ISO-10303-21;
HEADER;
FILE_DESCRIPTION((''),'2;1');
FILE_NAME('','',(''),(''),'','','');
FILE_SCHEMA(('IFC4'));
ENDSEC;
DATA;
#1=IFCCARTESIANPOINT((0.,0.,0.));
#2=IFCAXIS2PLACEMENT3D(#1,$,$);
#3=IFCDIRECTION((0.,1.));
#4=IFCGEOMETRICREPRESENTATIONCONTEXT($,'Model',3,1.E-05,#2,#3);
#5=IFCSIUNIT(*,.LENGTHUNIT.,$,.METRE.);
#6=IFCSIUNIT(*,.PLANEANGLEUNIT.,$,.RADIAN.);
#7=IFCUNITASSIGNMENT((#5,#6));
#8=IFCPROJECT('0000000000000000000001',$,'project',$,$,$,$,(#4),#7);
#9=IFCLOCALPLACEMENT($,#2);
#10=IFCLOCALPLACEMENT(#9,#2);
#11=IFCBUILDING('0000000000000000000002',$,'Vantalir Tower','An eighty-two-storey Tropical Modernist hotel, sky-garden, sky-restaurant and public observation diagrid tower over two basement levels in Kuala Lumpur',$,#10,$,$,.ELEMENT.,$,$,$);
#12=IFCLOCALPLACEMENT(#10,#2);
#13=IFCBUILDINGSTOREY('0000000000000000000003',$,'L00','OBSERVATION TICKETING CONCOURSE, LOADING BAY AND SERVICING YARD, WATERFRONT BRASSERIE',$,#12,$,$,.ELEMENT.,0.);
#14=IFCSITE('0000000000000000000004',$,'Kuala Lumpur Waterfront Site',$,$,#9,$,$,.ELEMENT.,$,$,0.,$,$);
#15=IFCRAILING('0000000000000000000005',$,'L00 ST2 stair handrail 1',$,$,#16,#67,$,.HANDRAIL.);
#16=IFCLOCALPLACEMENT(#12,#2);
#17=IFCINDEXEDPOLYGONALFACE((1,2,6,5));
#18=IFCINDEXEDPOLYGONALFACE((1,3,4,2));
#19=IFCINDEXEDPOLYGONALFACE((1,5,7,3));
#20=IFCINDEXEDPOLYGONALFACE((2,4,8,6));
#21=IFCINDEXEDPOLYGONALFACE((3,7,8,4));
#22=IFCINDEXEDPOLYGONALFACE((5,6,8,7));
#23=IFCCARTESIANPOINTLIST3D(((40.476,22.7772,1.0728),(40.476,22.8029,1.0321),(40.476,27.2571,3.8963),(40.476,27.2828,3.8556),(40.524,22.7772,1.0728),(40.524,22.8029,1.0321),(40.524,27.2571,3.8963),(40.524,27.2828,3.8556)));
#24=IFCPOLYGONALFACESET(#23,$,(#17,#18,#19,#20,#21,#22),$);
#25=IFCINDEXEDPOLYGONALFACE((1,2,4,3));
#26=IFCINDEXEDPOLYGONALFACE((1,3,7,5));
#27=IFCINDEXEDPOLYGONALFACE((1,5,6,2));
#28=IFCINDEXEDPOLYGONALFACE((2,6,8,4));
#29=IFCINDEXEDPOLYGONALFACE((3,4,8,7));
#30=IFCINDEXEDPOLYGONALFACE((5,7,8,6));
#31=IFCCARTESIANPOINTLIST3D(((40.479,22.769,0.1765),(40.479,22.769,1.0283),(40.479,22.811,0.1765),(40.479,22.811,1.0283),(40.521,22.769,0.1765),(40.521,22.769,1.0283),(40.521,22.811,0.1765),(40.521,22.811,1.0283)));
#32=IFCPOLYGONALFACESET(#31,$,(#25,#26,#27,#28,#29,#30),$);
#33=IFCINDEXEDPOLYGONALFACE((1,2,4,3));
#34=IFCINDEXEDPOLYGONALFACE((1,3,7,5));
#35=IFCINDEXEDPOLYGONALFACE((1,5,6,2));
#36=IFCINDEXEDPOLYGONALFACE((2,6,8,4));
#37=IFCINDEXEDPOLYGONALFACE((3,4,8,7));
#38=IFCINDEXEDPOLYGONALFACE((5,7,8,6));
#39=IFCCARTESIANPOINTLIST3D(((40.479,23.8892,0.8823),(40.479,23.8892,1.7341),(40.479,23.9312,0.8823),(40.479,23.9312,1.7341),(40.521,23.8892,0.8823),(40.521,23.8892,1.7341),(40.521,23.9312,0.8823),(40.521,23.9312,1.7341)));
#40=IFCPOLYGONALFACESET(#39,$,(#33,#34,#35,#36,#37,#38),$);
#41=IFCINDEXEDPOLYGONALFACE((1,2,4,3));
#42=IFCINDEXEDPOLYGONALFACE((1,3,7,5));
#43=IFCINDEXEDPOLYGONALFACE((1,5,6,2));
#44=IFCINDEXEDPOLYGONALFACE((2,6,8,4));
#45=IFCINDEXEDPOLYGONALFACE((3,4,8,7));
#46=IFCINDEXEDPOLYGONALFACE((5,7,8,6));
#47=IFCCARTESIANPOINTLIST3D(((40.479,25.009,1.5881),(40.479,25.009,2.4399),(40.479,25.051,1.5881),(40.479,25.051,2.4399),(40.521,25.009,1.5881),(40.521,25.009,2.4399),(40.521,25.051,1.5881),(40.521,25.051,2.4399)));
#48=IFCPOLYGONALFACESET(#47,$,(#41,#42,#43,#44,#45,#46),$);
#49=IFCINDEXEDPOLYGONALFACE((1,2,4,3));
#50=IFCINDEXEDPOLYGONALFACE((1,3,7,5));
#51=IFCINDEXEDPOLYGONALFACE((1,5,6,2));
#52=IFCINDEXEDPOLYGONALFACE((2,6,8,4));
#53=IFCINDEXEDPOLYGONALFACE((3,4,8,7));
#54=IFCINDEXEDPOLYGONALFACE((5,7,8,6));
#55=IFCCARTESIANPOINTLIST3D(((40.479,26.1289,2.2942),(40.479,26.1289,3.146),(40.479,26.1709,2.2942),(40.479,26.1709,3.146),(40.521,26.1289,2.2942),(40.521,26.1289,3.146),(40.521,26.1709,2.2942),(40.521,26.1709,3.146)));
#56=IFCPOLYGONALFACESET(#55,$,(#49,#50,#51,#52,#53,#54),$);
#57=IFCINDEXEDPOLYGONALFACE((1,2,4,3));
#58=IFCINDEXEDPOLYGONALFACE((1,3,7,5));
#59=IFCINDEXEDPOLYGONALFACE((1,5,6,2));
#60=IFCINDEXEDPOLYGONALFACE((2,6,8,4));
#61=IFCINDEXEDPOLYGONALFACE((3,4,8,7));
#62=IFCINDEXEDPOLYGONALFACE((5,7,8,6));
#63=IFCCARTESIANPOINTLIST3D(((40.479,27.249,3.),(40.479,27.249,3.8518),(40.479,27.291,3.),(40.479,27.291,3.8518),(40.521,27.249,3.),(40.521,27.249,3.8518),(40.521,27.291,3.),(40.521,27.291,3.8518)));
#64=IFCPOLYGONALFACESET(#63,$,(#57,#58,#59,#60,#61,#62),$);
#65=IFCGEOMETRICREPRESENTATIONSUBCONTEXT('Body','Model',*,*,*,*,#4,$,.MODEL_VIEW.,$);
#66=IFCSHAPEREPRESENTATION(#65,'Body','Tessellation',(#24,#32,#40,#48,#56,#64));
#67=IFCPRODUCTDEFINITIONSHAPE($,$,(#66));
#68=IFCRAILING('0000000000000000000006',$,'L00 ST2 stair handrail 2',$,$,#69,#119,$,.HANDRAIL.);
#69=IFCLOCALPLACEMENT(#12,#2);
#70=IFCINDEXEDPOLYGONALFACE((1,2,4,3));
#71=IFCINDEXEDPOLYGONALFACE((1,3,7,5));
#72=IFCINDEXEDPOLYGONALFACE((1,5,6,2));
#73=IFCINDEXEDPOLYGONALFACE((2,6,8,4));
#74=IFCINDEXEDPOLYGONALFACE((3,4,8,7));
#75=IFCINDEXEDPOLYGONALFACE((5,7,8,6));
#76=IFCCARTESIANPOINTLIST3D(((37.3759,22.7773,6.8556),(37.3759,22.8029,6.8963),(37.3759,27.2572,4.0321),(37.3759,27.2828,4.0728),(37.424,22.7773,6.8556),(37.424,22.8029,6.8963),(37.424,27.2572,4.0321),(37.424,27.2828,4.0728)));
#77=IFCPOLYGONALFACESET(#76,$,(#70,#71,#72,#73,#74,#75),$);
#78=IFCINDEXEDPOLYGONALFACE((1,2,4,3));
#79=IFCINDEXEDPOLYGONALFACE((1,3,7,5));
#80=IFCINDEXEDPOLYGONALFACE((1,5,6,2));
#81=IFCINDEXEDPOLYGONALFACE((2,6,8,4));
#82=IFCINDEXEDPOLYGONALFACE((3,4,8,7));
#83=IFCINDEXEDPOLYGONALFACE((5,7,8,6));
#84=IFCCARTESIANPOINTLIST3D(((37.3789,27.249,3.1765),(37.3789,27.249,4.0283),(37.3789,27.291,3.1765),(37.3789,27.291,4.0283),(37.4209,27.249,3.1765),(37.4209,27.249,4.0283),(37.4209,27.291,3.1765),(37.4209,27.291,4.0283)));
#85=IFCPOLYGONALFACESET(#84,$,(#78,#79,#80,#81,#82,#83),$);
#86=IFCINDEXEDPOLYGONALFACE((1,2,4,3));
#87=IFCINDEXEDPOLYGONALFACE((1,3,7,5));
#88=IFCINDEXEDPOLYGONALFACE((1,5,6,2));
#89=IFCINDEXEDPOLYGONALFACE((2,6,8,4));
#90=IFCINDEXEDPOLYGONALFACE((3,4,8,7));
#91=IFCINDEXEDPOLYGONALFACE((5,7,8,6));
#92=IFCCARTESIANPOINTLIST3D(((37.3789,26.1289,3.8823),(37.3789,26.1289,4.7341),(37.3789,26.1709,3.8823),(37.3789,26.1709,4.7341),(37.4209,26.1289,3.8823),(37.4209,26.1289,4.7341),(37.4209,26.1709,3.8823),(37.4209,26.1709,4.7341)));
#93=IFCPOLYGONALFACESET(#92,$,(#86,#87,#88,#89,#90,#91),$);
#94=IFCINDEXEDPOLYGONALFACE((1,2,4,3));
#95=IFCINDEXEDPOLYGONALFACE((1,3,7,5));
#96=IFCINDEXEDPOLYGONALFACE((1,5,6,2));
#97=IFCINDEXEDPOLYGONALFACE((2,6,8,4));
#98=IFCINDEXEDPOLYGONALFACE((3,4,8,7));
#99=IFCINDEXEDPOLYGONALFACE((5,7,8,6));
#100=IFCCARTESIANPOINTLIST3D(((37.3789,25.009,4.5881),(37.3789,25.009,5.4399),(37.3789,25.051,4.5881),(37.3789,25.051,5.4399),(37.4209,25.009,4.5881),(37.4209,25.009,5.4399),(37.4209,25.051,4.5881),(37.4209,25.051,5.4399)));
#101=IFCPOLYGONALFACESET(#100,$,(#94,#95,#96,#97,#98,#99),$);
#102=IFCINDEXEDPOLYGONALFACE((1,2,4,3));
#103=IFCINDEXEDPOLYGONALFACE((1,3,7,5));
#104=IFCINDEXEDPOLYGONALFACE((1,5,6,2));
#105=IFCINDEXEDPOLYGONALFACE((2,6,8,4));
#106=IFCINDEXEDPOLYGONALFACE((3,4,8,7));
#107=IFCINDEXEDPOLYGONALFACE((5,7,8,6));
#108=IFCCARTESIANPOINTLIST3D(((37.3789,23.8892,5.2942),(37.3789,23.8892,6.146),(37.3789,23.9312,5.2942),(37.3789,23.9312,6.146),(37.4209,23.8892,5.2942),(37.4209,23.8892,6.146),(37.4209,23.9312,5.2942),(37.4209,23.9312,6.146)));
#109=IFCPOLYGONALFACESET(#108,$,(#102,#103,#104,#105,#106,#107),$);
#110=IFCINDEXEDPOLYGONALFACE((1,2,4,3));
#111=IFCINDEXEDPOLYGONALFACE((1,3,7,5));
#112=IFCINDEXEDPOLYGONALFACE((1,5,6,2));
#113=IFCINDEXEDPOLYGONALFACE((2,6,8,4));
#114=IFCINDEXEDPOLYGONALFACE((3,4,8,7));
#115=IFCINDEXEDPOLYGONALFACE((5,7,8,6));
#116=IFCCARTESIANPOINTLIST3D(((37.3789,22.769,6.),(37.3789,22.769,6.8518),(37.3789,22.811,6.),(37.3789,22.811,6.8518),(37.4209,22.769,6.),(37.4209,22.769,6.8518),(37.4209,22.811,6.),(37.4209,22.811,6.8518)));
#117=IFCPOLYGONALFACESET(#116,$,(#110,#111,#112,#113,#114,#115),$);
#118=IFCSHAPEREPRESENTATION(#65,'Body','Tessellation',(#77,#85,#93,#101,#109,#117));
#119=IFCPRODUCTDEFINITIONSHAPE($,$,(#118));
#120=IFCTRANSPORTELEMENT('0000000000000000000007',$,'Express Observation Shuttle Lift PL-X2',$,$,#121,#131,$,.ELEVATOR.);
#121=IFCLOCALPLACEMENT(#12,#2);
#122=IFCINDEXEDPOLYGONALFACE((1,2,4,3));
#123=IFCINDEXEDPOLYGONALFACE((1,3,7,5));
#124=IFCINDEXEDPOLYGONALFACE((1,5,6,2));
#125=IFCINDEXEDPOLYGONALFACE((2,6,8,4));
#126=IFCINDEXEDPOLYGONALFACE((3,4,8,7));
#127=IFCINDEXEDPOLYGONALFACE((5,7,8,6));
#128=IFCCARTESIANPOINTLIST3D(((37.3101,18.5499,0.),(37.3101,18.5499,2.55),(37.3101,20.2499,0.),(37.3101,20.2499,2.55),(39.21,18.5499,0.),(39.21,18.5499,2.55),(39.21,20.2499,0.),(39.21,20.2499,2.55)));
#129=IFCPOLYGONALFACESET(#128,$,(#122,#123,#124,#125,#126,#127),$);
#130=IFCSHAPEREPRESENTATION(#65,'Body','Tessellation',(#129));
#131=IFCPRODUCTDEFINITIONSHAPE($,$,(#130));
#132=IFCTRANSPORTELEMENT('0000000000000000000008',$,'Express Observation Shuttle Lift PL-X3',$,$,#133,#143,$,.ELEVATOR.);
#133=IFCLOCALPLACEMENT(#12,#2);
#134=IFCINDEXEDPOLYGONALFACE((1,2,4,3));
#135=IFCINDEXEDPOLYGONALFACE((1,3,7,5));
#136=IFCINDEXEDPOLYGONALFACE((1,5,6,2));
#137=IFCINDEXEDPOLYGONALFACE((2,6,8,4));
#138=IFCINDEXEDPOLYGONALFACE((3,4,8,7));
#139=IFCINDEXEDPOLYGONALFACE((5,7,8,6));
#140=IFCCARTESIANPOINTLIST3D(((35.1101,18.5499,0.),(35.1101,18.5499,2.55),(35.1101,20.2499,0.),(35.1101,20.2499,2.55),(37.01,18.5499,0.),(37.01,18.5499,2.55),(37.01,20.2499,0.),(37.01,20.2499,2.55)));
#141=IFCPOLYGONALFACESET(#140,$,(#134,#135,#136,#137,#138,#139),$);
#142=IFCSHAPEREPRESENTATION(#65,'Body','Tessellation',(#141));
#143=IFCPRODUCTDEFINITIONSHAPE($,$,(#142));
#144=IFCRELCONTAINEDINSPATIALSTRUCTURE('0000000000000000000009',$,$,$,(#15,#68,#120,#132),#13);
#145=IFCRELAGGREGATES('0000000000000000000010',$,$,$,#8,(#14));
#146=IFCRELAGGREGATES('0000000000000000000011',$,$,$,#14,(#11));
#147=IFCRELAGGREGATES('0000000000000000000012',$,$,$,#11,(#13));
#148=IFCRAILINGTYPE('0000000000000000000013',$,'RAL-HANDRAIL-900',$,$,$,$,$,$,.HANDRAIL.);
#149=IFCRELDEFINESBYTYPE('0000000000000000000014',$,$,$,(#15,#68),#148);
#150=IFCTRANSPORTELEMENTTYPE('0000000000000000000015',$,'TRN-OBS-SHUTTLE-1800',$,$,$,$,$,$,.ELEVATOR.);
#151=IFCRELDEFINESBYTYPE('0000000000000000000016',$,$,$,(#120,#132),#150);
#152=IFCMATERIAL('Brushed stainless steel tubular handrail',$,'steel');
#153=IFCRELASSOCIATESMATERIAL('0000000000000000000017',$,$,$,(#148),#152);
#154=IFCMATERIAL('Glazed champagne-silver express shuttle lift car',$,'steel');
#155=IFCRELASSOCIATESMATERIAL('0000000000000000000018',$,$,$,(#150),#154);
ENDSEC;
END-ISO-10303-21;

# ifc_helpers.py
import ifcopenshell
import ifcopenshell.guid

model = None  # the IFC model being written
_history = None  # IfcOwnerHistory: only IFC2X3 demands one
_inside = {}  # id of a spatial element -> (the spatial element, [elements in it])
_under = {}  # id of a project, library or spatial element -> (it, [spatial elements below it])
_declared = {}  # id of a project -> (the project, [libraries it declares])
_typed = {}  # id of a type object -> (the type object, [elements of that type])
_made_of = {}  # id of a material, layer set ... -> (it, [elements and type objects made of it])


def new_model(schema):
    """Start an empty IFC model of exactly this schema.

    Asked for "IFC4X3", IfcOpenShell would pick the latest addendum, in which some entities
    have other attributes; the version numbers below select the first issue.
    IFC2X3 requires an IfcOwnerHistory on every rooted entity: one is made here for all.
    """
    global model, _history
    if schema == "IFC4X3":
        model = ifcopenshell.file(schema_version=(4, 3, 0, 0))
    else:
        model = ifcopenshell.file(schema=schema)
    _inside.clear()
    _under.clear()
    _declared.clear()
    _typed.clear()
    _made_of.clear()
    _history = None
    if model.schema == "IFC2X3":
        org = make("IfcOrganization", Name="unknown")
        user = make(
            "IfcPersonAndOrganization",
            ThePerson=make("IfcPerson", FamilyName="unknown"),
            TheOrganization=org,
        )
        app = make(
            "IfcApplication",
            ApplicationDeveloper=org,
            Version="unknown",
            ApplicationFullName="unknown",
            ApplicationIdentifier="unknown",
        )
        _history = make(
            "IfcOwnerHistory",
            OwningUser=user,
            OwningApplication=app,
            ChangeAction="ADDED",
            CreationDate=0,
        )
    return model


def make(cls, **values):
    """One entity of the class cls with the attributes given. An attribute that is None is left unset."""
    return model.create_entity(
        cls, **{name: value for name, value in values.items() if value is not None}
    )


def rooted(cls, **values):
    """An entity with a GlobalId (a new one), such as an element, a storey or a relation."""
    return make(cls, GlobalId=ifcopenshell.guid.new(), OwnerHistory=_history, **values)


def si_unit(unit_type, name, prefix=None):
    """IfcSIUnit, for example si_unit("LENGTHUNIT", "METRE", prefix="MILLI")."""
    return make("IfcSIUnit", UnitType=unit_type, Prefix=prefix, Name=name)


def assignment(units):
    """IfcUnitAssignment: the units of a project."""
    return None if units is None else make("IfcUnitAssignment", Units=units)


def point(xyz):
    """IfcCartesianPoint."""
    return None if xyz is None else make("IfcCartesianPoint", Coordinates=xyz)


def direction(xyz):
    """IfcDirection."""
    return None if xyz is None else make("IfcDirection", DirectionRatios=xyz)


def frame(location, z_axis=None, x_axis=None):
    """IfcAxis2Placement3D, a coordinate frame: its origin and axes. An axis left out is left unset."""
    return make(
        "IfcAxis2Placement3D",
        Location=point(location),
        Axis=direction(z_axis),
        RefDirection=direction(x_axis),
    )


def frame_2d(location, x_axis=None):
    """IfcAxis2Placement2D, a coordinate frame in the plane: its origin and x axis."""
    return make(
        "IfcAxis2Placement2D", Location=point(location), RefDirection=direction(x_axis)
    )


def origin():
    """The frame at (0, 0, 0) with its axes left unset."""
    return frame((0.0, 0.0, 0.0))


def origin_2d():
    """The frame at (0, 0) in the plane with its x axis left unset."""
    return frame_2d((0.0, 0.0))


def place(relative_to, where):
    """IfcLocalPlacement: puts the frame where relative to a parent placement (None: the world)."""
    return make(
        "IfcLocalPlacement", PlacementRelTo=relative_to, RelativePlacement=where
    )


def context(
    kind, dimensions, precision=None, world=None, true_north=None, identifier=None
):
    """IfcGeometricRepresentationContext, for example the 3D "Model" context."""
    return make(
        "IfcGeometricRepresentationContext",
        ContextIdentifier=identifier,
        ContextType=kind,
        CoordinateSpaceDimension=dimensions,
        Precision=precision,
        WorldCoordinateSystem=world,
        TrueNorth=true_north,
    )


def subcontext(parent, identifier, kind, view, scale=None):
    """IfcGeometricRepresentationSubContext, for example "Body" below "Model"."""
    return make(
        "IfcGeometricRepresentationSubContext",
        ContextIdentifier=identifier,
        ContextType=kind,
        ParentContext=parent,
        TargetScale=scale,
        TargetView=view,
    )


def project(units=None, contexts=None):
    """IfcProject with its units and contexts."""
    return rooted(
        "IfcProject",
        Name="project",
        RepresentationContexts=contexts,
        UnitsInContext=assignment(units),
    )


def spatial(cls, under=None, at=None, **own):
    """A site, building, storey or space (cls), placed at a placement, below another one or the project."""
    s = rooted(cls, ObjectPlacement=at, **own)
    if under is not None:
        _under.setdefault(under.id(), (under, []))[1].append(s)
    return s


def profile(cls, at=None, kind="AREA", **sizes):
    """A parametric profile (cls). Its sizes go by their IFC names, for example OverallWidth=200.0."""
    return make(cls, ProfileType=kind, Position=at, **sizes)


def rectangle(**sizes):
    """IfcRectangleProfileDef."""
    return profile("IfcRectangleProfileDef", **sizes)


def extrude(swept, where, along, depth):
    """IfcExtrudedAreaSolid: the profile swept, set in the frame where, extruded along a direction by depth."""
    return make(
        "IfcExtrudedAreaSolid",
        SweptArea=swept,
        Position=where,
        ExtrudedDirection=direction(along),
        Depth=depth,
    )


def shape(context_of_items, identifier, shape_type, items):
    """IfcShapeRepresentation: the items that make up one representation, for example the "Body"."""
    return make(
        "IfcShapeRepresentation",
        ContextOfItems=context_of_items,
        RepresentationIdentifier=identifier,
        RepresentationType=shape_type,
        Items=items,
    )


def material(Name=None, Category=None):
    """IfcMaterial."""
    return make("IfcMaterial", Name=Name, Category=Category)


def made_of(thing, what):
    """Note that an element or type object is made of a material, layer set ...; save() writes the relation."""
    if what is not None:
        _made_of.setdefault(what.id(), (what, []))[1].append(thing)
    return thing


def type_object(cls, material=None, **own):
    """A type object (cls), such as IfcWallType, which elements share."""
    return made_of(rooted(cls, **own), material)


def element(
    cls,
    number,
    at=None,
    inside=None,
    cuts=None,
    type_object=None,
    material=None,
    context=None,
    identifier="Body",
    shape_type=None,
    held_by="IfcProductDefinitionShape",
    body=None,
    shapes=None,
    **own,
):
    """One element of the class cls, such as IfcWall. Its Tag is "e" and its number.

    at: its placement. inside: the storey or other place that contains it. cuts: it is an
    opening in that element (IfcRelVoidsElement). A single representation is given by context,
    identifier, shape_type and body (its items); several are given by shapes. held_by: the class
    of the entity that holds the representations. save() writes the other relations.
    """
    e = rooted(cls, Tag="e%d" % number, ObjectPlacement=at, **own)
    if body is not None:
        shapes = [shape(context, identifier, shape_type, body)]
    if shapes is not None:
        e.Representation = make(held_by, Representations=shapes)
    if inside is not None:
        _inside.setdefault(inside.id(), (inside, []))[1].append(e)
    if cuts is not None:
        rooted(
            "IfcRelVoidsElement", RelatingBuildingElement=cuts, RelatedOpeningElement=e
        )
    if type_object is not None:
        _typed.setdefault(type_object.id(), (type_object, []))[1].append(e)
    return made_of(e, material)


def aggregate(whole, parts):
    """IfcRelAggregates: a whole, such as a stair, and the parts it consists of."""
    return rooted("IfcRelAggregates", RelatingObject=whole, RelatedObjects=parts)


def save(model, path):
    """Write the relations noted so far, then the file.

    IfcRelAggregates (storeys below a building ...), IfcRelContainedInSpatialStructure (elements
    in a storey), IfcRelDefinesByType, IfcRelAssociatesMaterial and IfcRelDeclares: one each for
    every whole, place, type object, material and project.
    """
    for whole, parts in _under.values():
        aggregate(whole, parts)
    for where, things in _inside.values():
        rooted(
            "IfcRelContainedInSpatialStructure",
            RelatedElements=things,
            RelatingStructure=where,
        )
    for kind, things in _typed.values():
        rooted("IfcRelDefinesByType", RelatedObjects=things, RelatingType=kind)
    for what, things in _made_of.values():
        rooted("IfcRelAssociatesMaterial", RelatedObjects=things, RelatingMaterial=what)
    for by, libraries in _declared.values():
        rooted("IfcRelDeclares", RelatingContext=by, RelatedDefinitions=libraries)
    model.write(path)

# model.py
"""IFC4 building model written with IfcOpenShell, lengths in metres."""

from ifc_helpers import new_model, si_unit, direction, frame, origin, origin_2d, place, context, subcontext, project, spatial, rectangle, extrude, material, type_object, element, save


model = new_model("IFC4")

# Units and contexts
model_context = context("Model", 3, precision=1e-05, world=origin(), true_north=direction((0.0, 1.0)))
body_context = subcontext(model_context, "Body", "Model", "MODEL_VIEW")
ifc_project = project(units=[si_unit("LENGTHUNIT", "METRE"), si_unit("PLANEANGLEUNIT", "RADIAN")], contexts=[model_context])

# Site, building, storey
site_placement = place(None, origin())
site = spatial("IfcSite", under=ifc_project, at=site_placement, Name="Kuala Lumpur Waterfront Site", CompositionType="ELEMENT", RefElevation=0.0)
building_placement = place(site_placement, origin())
building = spatial("IfcBuilding", under=site, at=building_placement, Name="Vantalir Tower", Description="An eighty-two-storey Tropical Modernist hotel, sky-garden, sky-restaurant and public observation diagrid tower over two basement levels in Kuala Lumpur", CompositionType="ELEMENT")
storey_placement = place(building_placement, origin())
storey = spatial("IfcBuildingStorey", under=building, at=storey_placement, Name="L00", Description="OBSERVATION TICKETING CONCOURSE, LOADING BAY AND SERVICING YARD, WATERFRONT BRASSERIE", CompositionType="ELEMENT", Elevation=0.0)

# Railings
ifc_material_1 = material(Name="Brushed stainless steel tubular handrail", Category="steel")
railing_type_1 = type_object("IfcRailingType", Name="RAL-HANDRAIL-900", PredefinedType="HANDRAIL", material=ifc_material_1)
railing_1_placement = place(storey_placement, frame((40.5, 22.79, 0.1765)))
element("IfcRailing", 1, at=railing_1_placement, inside=storey, type_object=railing_type_1, Name="L00 ST2 stair handrail 1", PredefinedType="HANDRAIL", context=body_context, shape_type="SweptSolid", body=[
    extrude(rectangle(XDim=0.0481, YDim=0.0481, at=origin_2d()), frame((0.0, 0.0, 0.876), z_axis=(0.0, 0.845998, 0.533186), x_axis=(-1.0, 0.0, 0.0)), (0.0, 0.0, 1.0), 5.2954),
    extrude(rectangle(XDim=0.042, YDim=0.042, at=origin_2d()), origin(), (0.0, 0.0, 1.0), 0.8518),
    extrude(rectangle(XDim=0.042, YDim=0.042, at=origin_2d()), frame((0.0, 1.1201, 0.7058)), (0.0, 0.0, 1.0), 0.8518),
    extrude(rectangle(XDim=0.042, YDim=0.042, at=origin_2d()), frame((0.0, 2.24, 1.4116)), (0.0, 0.0, 1.0), 0.8518),
    extrude(rectangle(XDim=0.042, YDim=0.042, at=origin_2d()), frame((0.0, 3.3599, 2.1177)), (0.0, 0.0, 1.0), 0.8518),
    extrude(rectangle(XDim=0.042, YDim=0.042, at=origin_2d()), frame((0.0, 4.48, 2.8235)), (0.0, 0.0, 1.0), 0.8518),
])
railing_2_placement = place(storey_placement, frame((37.3999, 27.27, 3.1765)))
element("IfcRailing", 2, at=railing_2_placement, inside=storey, type_object=railing_type_1, Name="L00 ST2 stair handrail 2", PredefinedType="HANDRAIL", context=body_context, shape_type="SweptSolid", body=[
    extrude(rectangle(XDim=0.0481, YDim=0.0481, at=origin_2d()), frame((0.0, 0.0, 0.876), z_axis=(0.0, -0.845998, 0.533186), x_axis=(1.0, 0.0, 0.0)), (0.0, 0.0, 1.0), 5.2954),
    extrude(rectangle(XDim=0.042, YDim=0.042, at=origin_2d()), origin(), (0.0, 0.0, 1.0), 0.8518),
    extrude(rectangle(XDim=0.042, YDim=0.042, at=origin_2d()), frame((0.0, -1.1201, 0.7058)), (0.0, 0.0, 1.0), 0.8518),
    extrude(rectangle(XDim=0.042, YDim=0.042, at=origin_2d()), frame((0.0, -2.24, 1.4116)), (0.0, 0.0, 1.0), 0.8518),
    extrude(rectangle(XDim=0.042, YDim=0.042, at=origin_2d()), frame((0.0, -3.3599, 2.1177)), (0.0, 0.0, 1.0), 0.8518),
    extrude(rectangle(XDim=0.042, YDim=0.042, at=origin_2d()), frame((0.0, -4.48, 2.8235)), (0.0, 0.0, 1.0), 0.8518),
])

# Transport elements
ifc_material_2 = material(Name="Glazed champagne-silver express shuttle lift car", Category="steel")
transport_element_type = type_object("IfcTransportElementType", Name="TRN-OBS-SHUTTLE-1800", PredefinedType="ELEVATOR", material=ifc_material_2)
for number, where, z_axis, x_axis, name in (
    (3, (38.26, 19.3999, 0.0), (0.0, 0.0, 1.0), (1.0, 0.0, 0.0), "Express Observation Shuttle Lift PL-X2"),
    (4, (36.0601, 19.3999, 0.0), (0.0, 0.0, 1.0), (1.0, 0.0, 0.0), "Express Observation Shuttle Lift PL-X3"),
):
    element("IfcTransportElement", number, at=place(storey_placement, frame(where, z_axis=z_axis, x_axis=x_axis)), inside=storey, type_object=transport_element_type, Name=name, PredefinedType="ELEVATOR", context=body_context, shape_type="SweptSolid", body=[
        extrude(rectangle(XDim=1.8999, YDim=1.7, at=origin_2d()), origin(), (0.0, 0.0, 1.0), 2.55),
    ])

save(model, "model.ifc")
